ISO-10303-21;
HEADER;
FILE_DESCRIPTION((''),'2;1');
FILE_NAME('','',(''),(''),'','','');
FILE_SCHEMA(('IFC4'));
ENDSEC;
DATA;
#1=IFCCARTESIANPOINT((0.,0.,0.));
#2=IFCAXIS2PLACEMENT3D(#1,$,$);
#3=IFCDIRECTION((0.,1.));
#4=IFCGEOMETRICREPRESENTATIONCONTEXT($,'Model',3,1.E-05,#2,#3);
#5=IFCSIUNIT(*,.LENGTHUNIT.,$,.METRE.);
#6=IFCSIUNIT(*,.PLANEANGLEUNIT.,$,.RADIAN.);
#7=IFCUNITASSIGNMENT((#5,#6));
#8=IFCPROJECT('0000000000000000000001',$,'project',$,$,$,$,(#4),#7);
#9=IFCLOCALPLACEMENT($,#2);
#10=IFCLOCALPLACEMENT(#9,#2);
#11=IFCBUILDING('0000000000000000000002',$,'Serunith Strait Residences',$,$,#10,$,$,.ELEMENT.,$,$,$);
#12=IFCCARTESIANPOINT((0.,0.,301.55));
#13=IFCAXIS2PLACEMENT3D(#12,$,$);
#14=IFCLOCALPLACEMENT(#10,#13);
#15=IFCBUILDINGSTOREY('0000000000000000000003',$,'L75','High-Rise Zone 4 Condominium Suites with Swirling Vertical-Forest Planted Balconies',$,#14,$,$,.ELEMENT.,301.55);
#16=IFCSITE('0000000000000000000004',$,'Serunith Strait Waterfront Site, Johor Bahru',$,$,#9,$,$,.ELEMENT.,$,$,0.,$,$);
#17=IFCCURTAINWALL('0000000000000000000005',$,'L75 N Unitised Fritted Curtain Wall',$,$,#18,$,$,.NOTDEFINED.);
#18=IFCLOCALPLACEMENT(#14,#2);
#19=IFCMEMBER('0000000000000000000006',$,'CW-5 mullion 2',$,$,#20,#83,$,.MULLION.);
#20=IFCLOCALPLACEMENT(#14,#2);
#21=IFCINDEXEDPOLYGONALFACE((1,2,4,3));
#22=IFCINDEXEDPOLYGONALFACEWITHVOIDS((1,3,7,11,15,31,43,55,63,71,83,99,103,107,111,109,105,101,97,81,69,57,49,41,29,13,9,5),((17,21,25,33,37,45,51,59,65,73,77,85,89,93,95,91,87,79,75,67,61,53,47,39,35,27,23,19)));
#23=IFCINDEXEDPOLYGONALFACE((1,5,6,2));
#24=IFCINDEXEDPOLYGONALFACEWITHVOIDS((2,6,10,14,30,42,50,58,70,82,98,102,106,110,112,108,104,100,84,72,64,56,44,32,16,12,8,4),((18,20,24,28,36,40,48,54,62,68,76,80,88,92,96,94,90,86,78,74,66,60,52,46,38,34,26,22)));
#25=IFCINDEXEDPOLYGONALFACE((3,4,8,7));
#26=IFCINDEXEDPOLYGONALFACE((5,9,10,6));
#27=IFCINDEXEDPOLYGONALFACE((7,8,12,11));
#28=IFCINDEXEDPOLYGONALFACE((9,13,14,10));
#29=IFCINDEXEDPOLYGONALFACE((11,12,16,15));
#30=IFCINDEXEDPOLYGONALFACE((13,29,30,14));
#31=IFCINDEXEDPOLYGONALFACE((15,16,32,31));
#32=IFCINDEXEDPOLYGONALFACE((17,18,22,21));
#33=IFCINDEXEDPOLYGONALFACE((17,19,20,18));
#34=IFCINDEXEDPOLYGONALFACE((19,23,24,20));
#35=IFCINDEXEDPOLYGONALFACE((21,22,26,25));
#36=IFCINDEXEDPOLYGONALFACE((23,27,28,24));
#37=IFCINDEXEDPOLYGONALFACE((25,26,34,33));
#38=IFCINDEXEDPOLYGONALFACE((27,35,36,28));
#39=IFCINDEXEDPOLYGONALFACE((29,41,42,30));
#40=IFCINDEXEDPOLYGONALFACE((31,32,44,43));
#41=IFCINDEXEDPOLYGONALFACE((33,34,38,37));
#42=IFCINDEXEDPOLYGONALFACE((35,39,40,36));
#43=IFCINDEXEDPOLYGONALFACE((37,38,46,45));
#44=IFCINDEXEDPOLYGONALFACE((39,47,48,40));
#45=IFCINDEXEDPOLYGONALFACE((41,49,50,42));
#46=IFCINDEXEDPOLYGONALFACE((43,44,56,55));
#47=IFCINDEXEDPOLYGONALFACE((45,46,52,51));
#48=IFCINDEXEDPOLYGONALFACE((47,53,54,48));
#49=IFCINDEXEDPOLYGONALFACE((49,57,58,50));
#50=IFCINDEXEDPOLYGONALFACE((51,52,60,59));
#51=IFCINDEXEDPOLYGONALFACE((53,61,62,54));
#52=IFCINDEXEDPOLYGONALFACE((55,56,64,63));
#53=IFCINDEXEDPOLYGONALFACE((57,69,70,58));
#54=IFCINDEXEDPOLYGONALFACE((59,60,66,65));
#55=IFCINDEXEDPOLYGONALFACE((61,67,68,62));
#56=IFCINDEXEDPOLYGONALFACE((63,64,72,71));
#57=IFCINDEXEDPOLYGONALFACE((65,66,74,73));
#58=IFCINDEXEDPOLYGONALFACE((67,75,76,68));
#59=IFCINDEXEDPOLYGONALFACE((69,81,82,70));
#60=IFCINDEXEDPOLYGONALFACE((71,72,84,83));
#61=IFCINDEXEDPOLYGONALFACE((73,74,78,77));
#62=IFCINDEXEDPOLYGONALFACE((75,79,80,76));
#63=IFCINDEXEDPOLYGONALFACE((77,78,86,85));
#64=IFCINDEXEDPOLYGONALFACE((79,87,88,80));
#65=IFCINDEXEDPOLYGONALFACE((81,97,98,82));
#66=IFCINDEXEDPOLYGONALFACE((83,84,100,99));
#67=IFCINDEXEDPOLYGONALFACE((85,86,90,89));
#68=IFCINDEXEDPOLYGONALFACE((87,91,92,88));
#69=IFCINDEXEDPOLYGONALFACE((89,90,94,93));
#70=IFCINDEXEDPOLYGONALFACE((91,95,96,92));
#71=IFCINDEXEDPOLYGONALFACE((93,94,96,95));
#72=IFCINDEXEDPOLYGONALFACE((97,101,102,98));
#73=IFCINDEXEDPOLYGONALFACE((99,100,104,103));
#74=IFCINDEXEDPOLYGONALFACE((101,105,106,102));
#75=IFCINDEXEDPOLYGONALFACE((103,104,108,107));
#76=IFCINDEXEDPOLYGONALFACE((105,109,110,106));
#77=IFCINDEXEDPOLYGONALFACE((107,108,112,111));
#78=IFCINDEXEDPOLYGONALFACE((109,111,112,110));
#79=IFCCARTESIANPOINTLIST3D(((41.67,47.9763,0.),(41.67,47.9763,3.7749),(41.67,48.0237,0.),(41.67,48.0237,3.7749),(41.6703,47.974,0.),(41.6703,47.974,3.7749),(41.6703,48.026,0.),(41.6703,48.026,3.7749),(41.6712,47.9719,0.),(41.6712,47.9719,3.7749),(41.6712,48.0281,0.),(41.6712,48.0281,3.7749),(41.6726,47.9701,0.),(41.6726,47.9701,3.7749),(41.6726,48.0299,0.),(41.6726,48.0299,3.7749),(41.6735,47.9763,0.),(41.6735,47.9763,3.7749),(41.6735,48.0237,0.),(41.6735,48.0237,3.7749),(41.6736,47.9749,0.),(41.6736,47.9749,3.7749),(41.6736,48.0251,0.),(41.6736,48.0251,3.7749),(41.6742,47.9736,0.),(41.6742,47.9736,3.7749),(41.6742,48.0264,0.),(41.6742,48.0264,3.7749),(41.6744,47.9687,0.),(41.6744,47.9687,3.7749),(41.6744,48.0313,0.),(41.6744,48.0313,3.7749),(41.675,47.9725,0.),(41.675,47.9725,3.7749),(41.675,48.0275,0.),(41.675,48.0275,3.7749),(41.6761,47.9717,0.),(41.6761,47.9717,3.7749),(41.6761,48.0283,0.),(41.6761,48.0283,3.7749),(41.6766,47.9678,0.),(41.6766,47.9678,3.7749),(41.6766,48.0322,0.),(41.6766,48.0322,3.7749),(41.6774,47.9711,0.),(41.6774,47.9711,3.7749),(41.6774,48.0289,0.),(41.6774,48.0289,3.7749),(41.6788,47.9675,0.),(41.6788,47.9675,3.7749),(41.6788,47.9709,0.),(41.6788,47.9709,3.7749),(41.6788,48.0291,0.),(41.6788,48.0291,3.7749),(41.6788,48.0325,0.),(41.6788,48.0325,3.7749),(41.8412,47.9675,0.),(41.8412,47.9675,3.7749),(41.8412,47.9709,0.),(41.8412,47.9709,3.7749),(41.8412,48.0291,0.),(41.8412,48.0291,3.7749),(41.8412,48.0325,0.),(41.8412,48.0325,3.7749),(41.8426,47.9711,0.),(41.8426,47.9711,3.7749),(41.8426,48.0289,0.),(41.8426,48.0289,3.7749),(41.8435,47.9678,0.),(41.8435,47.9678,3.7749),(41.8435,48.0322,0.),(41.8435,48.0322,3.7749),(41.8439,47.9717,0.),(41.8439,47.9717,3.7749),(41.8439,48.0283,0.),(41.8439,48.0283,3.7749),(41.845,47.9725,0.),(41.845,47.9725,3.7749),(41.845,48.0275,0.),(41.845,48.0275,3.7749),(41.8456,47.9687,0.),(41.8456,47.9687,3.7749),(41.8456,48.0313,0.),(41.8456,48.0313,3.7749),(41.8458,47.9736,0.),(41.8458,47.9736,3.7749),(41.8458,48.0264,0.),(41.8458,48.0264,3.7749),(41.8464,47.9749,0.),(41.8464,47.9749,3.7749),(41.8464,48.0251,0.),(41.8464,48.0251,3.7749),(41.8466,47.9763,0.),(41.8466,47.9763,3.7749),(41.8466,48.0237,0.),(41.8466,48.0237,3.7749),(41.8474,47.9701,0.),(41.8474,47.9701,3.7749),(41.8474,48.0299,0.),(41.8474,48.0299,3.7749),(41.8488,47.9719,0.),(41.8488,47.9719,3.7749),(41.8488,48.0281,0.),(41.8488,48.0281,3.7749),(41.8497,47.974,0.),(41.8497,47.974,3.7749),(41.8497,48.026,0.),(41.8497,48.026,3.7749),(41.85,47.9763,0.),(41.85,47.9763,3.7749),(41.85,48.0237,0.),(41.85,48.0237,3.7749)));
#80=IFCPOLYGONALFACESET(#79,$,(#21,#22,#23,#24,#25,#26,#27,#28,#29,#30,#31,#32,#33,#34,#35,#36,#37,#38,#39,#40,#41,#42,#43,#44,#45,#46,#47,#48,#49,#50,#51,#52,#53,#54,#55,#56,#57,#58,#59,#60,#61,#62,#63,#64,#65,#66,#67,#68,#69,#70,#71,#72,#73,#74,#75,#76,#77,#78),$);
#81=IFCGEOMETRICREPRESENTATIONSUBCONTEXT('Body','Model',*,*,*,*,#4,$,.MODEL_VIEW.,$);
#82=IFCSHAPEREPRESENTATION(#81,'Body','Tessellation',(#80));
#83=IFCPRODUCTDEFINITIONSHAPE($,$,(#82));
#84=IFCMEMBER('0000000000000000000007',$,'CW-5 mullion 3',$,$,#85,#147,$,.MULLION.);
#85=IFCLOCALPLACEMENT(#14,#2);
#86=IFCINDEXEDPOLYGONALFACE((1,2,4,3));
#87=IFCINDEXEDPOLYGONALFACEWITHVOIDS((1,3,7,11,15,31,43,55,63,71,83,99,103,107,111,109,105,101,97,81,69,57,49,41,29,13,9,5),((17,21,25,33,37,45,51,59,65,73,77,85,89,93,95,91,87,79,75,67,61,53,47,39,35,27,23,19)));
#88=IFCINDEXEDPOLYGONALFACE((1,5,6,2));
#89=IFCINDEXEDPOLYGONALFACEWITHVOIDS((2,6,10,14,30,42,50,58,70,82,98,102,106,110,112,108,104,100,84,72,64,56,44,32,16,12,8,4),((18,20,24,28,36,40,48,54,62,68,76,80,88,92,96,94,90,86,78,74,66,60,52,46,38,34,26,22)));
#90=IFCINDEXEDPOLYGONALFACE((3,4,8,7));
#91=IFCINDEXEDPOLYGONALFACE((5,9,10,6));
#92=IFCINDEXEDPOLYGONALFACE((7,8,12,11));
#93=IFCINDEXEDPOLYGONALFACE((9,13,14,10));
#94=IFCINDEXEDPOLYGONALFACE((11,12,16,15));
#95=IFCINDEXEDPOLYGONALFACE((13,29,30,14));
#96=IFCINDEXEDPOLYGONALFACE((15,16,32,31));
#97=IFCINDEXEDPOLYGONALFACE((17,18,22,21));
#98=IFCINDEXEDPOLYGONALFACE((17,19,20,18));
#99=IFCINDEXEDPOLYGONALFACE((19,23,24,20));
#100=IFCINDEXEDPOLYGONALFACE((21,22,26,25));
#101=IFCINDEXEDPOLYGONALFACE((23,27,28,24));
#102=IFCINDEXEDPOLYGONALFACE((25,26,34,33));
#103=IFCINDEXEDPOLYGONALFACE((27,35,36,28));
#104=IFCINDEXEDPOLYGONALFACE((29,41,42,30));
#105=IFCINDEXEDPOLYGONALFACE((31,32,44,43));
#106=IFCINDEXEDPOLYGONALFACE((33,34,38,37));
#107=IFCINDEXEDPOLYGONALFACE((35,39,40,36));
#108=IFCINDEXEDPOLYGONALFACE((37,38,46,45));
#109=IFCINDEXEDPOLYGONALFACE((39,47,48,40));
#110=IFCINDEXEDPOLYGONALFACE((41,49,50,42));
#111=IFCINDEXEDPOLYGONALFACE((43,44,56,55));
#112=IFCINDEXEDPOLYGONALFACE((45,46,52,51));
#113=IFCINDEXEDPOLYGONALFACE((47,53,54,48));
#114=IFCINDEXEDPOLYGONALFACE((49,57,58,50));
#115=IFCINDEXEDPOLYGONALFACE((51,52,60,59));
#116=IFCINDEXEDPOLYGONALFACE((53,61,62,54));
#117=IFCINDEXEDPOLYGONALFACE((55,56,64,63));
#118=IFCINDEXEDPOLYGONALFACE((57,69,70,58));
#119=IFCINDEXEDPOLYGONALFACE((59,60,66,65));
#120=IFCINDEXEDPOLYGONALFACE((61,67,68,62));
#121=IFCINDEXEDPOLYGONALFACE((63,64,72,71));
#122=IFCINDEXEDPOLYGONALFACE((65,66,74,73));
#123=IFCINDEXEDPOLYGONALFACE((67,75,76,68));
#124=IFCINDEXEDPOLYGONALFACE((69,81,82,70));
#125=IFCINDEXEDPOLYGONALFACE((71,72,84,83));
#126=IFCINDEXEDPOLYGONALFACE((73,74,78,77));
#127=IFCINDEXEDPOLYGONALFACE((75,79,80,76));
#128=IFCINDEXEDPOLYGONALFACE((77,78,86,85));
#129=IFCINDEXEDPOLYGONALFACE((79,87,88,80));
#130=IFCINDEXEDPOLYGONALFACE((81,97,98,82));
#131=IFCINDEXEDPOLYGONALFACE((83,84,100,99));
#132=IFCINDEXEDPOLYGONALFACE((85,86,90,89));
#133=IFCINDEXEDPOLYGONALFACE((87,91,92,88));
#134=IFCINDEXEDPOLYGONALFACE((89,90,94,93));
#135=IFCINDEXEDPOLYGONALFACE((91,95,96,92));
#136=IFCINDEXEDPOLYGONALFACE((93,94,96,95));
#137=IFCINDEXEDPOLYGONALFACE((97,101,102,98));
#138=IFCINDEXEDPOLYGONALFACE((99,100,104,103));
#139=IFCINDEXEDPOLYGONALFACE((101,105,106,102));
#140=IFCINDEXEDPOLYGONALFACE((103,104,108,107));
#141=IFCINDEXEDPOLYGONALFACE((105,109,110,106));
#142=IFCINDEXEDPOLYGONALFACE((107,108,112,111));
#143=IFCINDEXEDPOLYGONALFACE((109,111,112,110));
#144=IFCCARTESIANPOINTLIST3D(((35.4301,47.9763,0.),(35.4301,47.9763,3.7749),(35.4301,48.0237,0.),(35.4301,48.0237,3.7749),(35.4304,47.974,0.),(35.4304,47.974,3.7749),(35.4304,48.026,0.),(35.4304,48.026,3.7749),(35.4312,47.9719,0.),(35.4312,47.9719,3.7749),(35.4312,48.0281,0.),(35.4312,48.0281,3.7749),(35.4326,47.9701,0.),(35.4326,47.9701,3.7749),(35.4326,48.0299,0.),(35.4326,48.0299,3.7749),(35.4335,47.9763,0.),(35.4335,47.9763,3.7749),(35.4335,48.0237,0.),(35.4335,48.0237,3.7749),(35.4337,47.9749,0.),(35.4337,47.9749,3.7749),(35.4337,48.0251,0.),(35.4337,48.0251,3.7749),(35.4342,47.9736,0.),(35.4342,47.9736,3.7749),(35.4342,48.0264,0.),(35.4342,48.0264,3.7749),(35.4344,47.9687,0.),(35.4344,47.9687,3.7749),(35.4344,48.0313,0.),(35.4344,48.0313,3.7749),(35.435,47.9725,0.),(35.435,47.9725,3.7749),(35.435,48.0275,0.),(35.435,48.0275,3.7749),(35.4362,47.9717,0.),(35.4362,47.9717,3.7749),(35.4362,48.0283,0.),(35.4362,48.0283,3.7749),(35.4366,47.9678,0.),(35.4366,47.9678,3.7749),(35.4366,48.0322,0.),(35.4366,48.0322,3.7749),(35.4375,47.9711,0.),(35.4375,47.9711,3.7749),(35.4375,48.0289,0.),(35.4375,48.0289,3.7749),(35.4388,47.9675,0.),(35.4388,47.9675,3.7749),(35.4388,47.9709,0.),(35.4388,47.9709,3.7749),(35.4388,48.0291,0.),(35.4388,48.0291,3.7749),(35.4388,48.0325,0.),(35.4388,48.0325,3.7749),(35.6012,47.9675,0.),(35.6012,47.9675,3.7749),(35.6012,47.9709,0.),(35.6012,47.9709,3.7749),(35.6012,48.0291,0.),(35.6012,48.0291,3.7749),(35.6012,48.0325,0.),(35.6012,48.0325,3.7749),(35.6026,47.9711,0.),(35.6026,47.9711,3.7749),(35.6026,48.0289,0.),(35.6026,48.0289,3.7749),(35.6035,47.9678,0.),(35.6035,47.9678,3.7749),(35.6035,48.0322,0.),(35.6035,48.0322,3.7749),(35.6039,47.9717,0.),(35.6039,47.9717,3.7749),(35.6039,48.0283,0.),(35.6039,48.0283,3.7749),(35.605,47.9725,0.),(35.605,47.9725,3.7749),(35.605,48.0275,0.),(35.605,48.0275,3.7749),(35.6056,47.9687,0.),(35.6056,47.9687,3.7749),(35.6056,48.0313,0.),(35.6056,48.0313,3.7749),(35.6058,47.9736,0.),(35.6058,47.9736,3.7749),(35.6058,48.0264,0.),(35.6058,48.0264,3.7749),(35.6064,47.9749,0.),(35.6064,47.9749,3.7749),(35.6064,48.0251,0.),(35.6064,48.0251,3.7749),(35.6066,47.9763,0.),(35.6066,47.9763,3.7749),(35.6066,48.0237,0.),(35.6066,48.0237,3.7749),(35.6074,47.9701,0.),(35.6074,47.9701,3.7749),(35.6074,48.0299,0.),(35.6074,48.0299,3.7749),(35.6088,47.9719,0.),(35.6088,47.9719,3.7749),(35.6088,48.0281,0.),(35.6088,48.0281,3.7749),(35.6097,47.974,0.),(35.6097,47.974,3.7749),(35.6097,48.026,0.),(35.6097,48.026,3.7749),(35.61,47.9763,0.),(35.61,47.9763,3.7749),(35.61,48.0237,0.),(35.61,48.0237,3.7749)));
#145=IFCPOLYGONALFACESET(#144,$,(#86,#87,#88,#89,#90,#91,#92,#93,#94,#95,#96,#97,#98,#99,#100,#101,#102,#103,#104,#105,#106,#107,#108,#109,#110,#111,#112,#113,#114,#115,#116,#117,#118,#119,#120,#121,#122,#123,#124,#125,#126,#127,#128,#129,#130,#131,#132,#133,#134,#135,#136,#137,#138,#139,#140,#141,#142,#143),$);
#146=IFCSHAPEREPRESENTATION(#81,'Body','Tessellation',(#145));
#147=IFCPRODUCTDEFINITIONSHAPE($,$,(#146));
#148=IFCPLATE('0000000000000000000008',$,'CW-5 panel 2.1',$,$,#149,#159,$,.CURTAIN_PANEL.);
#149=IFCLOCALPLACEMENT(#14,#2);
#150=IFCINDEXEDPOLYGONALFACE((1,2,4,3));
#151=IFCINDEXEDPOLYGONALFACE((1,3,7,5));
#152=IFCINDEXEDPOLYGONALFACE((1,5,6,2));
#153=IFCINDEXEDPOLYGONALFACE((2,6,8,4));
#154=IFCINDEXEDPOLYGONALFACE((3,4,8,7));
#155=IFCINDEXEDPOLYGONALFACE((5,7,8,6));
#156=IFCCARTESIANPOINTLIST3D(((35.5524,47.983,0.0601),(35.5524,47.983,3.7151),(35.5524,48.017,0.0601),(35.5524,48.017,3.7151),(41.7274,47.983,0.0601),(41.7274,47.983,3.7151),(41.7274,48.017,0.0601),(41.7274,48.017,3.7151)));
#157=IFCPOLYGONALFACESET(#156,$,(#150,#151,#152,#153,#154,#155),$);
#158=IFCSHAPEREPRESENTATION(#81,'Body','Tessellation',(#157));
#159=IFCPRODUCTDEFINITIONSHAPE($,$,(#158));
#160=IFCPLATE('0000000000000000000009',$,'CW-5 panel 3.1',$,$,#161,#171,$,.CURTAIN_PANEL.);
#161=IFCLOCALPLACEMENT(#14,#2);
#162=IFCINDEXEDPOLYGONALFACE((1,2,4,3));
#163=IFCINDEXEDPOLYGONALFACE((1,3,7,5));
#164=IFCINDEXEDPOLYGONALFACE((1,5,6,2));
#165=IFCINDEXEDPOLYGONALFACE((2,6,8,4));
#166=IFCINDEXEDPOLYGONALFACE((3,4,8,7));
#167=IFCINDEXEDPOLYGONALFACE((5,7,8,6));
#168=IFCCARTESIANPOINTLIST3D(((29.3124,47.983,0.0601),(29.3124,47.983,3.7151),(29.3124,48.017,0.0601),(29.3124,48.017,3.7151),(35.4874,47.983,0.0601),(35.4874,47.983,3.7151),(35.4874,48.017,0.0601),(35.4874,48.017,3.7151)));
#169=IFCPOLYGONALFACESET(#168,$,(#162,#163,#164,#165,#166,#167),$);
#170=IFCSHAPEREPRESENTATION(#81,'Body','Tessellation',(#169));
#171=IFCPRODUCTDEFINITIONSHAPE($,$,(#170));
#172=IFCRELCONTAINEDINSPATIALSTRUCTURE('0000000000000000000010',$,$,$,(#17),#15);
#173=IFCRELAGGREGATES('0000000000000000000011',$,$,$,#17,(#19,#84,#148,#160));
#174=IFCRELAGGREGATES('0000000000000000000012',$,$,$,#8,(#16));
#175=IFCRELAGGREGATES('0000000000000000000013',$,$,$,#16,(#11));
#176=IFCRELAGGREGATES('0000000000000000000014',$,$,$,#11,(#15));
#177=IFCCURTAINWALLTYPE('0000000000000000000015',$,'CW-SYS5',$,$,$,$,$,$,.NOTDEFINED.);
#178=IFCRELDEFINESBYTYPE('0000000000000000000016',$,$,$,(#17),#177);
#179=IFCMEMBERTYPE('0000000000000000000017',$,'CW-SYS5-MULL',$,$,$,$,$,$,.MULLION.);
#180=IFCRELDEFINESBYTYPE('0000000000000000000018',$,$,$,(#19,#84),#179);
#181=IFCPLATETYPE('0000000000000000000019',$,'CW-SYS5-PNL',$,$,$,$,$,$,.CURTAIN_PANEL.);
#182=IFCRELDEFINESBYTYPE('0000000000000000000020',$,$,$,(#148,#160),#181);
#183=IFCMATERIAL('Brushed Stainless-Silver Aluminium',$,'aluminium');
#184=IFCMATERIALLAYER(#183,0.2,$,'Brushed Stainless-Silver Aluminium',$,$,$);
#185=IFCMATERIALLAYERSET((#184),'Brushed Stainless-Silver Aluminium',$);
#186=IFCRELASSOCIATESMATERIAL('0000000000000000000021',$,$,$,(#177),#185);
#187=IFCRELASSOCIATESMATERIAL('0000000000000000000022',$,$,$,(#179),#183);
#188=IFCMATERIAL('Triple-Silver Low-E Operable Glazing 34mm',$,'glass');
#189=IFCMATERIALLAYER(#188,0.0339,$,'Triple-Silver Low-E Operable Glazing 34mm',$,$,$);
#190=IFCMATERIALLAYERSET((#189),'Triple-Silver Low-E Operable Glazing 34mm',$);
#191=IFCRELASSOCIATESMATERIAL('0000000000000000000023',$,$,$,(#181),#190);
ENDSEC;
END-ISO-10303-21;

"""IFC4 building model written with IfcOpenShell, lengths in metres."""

from ifc_helpers import new_model, si_unit, direction, frame, origin, origin_2d, place, context, subcontext, project, spatial, rectangle, hollow_rectangle, extrude, source, transform, mapped, material, layer, layer_set, material_profile, profile_set, type_object, element, aggregate, save


model = new_model("IFC4")

# Units and contexts
model_context = context("Model", 3, precision=1e-05, world=origin(), true_north=direction((0.0, 1.0)))
body_context = subcontext(model_context, "Body", "Model", "MODEL_VIEW")
ifc_project = project(units=[si_unit("LENGTHUNIT", "METRE"), si_unit("PLANEANGLEUNIT", "RADIAN")], contexts=[model_context])

# Site, building, storey
site_placement = place(None, origin())
site = spatial("IfcSite", under=ifc_project, at=site_placement, Name="Serunith Strait Waterfront Site, Johor Bahru", CompositionType="ELEMENT", RefElevation=0.0)
building_placement = place(site_placement, origin())
building = spatial("IfcBuilding", under=site, at=building_placement, Name="Serunith Strait Residences", CompositionType="ELEMENT")
storey_placement = place(building_placement, frame((0.0, 0.0, 301.55)))
storey = spatial("IfcBuildingStorey", under=building, at=storey_placement, Name="L75", Description="High-Rise Zone 4 Condominium Suites with Swirling Vertical-Forest Planted Balconies", CompositionType="ELEMENT", Elevation=301.55)

# Curtain wall, members, plates
ifc_material_1 = material(Name="Brushed Stainless-Silver Aluminium", Category="aluminium")
ifc_layer_1 = layer(ifc_material_1, 0.2, Name="Brushed Stainless-Silver Aluminium")
ifc_layer_set_1 = layer_set([ifc_layer_1], Name="Brushed Stainless-Silver Aluminium")
curtain_wall_type = type_object("IfcCurtainWallType", Name="CW-SYS5", PredefinedType="NOTDEFINED", material=ifc_layer_set_1)
curtain_wall_placement = place(storey_placement, origin())
curtain_wall = element("IfcCurtainWall", 1, at=curtain_wall_placement, inside=storey, type_object=curtain_wall_type, Name="L75 N Unitised Fritted Curtain Wall", PredefinedType="NOTDEFINED")
ifc_material_profile_1 = material_profile(ifc_material_1, hollow_rectangle(XDim=0.0649, YDim=0.1799, WallThickness=0.0034, InnerFilletRadius=0.0054, OuterFilletRadius=0.0088, at=origin_2d()), Name="ALU 180x65x3.5")
ifc_profile_set_1 = profile_set([ifc_material_profile_1], Name="Brushed Stainless-Silver Aluminium")
member_type_1 = type_object("IfcMemberType", Name="CW-SYS5-MULL", PredefinedType="MULLION", material=ifc_profile_set_1)
shared_shape_1 = source(origin(), body_context, "Body", "SweptSolid", [
    extrude(hollow_rectangle(XDim=0.0649, YDim=0.1799, WallThickness=0.0034, InnerFilletRadius=0.0054, OuterFilletRadius=0.0088, at=origin_2d()), origin(), (0.0, 0.0, 1.0), 3.7749),
])
member_1_placement = place(storey_placement, frame((41.76, 48.0, 0.0), z_axis=(0.0, 0.0, 1.0), x_axis=(0.0, -1.0, 0.0)))
member_1 = element("IfcMember", 2, at=member_1_placement, type_object=member_type_1, Name="CW-5 mullion 2", PredefinedType="MULLION", context=body_context, shape_type="MappedRepresentation", body=[
    mapped(shared_shape_1, transform((0.0, 0.0, 0.0), scale=1.0)),
])
member_2_placement = place(storey_placement, frame((35.52, 48.0, 0.0), z_axis=(0.0, 0.0, 1.0), x_axis=(0.0, -1.0, 0.0)))
member_2 = element("IfcMember", 3, at=member_2_placement, type_object=member_type_1, Name="CW-5 mullion 3", PredefinedType="MULLION", context=body_context, shape_type="MappedRepresentation", body=[
    mapped(shared_shape_1, transform((0.0, 0.0, 0.0), scale=1.0)),
])
ifc_material_2 = material(Name="Triple-Silver Low-E Operable Glazing 34mm", Category="glass")
ifc_layer_2 = layer(ifc_material_2, 0.0339, Name="Triple-Silver Low-E Operable Glazing 34mm")
ifc_layer_set_2 = layer_set([ifc_layer_2], Name="Triple-Silver Low-E Operable Glazing 34mm")
plate_type = type_object("IfcPlateType", Name="CW-SYS5-PNL", PredefinedType="CURTAIN_PANEL", material=ifc_layer_set_2)
shared_shape_2 = source(origin(), body_context, "Body", "SweptSolid", [
    extrude(rectangle(XDim=6.175, YDim=0.0339, at=origin_2d()), origin(), (0.0, 0.0, 1.0), 3.655),
])
plate_1_placement = place(storey_placement, frame((38.6399, 48.0, 0.0601), z_axis=(0.0, 0.0, 1.0), x_axis=(-1.0, 0.0, 0.0)))
plate_1 = element("IfcPlate", 4, at=plate_1_placement, type_object=plate_type, Name="CW-5 panel 2.1", PredefinedType="CURTAIN_PANEL", context=body_context, shape_type="MappedRepresentation", body=[
    mapped(shared_shape_2, transform((0.0, 0.0, 0.0), scale=1.0)),
])
plate_2_placement = place(storey_placement, frame((32.3999, 48.0, 0.0601), z_axis=(0.0, 0.0, 1.0), x_axis=(-1.0, 0.0, 0.0)))
plate_2 = element("IfcPlate", 5, at=plate_2_placement, type_object=plate_type, Name="CW-5 panel 3.1", PredefinedType="CURTAIN_PANEL", context=body_context, shape_type="MappedRepresentation", body=[
    mapped(shared_shape_2, transform((0.0, 0.0, 0.0), scale=1.0)),
])
aggregate(curtain_wall, [member_1, member_2, plate_1, plate_2])

save(model, "model.ifc")
